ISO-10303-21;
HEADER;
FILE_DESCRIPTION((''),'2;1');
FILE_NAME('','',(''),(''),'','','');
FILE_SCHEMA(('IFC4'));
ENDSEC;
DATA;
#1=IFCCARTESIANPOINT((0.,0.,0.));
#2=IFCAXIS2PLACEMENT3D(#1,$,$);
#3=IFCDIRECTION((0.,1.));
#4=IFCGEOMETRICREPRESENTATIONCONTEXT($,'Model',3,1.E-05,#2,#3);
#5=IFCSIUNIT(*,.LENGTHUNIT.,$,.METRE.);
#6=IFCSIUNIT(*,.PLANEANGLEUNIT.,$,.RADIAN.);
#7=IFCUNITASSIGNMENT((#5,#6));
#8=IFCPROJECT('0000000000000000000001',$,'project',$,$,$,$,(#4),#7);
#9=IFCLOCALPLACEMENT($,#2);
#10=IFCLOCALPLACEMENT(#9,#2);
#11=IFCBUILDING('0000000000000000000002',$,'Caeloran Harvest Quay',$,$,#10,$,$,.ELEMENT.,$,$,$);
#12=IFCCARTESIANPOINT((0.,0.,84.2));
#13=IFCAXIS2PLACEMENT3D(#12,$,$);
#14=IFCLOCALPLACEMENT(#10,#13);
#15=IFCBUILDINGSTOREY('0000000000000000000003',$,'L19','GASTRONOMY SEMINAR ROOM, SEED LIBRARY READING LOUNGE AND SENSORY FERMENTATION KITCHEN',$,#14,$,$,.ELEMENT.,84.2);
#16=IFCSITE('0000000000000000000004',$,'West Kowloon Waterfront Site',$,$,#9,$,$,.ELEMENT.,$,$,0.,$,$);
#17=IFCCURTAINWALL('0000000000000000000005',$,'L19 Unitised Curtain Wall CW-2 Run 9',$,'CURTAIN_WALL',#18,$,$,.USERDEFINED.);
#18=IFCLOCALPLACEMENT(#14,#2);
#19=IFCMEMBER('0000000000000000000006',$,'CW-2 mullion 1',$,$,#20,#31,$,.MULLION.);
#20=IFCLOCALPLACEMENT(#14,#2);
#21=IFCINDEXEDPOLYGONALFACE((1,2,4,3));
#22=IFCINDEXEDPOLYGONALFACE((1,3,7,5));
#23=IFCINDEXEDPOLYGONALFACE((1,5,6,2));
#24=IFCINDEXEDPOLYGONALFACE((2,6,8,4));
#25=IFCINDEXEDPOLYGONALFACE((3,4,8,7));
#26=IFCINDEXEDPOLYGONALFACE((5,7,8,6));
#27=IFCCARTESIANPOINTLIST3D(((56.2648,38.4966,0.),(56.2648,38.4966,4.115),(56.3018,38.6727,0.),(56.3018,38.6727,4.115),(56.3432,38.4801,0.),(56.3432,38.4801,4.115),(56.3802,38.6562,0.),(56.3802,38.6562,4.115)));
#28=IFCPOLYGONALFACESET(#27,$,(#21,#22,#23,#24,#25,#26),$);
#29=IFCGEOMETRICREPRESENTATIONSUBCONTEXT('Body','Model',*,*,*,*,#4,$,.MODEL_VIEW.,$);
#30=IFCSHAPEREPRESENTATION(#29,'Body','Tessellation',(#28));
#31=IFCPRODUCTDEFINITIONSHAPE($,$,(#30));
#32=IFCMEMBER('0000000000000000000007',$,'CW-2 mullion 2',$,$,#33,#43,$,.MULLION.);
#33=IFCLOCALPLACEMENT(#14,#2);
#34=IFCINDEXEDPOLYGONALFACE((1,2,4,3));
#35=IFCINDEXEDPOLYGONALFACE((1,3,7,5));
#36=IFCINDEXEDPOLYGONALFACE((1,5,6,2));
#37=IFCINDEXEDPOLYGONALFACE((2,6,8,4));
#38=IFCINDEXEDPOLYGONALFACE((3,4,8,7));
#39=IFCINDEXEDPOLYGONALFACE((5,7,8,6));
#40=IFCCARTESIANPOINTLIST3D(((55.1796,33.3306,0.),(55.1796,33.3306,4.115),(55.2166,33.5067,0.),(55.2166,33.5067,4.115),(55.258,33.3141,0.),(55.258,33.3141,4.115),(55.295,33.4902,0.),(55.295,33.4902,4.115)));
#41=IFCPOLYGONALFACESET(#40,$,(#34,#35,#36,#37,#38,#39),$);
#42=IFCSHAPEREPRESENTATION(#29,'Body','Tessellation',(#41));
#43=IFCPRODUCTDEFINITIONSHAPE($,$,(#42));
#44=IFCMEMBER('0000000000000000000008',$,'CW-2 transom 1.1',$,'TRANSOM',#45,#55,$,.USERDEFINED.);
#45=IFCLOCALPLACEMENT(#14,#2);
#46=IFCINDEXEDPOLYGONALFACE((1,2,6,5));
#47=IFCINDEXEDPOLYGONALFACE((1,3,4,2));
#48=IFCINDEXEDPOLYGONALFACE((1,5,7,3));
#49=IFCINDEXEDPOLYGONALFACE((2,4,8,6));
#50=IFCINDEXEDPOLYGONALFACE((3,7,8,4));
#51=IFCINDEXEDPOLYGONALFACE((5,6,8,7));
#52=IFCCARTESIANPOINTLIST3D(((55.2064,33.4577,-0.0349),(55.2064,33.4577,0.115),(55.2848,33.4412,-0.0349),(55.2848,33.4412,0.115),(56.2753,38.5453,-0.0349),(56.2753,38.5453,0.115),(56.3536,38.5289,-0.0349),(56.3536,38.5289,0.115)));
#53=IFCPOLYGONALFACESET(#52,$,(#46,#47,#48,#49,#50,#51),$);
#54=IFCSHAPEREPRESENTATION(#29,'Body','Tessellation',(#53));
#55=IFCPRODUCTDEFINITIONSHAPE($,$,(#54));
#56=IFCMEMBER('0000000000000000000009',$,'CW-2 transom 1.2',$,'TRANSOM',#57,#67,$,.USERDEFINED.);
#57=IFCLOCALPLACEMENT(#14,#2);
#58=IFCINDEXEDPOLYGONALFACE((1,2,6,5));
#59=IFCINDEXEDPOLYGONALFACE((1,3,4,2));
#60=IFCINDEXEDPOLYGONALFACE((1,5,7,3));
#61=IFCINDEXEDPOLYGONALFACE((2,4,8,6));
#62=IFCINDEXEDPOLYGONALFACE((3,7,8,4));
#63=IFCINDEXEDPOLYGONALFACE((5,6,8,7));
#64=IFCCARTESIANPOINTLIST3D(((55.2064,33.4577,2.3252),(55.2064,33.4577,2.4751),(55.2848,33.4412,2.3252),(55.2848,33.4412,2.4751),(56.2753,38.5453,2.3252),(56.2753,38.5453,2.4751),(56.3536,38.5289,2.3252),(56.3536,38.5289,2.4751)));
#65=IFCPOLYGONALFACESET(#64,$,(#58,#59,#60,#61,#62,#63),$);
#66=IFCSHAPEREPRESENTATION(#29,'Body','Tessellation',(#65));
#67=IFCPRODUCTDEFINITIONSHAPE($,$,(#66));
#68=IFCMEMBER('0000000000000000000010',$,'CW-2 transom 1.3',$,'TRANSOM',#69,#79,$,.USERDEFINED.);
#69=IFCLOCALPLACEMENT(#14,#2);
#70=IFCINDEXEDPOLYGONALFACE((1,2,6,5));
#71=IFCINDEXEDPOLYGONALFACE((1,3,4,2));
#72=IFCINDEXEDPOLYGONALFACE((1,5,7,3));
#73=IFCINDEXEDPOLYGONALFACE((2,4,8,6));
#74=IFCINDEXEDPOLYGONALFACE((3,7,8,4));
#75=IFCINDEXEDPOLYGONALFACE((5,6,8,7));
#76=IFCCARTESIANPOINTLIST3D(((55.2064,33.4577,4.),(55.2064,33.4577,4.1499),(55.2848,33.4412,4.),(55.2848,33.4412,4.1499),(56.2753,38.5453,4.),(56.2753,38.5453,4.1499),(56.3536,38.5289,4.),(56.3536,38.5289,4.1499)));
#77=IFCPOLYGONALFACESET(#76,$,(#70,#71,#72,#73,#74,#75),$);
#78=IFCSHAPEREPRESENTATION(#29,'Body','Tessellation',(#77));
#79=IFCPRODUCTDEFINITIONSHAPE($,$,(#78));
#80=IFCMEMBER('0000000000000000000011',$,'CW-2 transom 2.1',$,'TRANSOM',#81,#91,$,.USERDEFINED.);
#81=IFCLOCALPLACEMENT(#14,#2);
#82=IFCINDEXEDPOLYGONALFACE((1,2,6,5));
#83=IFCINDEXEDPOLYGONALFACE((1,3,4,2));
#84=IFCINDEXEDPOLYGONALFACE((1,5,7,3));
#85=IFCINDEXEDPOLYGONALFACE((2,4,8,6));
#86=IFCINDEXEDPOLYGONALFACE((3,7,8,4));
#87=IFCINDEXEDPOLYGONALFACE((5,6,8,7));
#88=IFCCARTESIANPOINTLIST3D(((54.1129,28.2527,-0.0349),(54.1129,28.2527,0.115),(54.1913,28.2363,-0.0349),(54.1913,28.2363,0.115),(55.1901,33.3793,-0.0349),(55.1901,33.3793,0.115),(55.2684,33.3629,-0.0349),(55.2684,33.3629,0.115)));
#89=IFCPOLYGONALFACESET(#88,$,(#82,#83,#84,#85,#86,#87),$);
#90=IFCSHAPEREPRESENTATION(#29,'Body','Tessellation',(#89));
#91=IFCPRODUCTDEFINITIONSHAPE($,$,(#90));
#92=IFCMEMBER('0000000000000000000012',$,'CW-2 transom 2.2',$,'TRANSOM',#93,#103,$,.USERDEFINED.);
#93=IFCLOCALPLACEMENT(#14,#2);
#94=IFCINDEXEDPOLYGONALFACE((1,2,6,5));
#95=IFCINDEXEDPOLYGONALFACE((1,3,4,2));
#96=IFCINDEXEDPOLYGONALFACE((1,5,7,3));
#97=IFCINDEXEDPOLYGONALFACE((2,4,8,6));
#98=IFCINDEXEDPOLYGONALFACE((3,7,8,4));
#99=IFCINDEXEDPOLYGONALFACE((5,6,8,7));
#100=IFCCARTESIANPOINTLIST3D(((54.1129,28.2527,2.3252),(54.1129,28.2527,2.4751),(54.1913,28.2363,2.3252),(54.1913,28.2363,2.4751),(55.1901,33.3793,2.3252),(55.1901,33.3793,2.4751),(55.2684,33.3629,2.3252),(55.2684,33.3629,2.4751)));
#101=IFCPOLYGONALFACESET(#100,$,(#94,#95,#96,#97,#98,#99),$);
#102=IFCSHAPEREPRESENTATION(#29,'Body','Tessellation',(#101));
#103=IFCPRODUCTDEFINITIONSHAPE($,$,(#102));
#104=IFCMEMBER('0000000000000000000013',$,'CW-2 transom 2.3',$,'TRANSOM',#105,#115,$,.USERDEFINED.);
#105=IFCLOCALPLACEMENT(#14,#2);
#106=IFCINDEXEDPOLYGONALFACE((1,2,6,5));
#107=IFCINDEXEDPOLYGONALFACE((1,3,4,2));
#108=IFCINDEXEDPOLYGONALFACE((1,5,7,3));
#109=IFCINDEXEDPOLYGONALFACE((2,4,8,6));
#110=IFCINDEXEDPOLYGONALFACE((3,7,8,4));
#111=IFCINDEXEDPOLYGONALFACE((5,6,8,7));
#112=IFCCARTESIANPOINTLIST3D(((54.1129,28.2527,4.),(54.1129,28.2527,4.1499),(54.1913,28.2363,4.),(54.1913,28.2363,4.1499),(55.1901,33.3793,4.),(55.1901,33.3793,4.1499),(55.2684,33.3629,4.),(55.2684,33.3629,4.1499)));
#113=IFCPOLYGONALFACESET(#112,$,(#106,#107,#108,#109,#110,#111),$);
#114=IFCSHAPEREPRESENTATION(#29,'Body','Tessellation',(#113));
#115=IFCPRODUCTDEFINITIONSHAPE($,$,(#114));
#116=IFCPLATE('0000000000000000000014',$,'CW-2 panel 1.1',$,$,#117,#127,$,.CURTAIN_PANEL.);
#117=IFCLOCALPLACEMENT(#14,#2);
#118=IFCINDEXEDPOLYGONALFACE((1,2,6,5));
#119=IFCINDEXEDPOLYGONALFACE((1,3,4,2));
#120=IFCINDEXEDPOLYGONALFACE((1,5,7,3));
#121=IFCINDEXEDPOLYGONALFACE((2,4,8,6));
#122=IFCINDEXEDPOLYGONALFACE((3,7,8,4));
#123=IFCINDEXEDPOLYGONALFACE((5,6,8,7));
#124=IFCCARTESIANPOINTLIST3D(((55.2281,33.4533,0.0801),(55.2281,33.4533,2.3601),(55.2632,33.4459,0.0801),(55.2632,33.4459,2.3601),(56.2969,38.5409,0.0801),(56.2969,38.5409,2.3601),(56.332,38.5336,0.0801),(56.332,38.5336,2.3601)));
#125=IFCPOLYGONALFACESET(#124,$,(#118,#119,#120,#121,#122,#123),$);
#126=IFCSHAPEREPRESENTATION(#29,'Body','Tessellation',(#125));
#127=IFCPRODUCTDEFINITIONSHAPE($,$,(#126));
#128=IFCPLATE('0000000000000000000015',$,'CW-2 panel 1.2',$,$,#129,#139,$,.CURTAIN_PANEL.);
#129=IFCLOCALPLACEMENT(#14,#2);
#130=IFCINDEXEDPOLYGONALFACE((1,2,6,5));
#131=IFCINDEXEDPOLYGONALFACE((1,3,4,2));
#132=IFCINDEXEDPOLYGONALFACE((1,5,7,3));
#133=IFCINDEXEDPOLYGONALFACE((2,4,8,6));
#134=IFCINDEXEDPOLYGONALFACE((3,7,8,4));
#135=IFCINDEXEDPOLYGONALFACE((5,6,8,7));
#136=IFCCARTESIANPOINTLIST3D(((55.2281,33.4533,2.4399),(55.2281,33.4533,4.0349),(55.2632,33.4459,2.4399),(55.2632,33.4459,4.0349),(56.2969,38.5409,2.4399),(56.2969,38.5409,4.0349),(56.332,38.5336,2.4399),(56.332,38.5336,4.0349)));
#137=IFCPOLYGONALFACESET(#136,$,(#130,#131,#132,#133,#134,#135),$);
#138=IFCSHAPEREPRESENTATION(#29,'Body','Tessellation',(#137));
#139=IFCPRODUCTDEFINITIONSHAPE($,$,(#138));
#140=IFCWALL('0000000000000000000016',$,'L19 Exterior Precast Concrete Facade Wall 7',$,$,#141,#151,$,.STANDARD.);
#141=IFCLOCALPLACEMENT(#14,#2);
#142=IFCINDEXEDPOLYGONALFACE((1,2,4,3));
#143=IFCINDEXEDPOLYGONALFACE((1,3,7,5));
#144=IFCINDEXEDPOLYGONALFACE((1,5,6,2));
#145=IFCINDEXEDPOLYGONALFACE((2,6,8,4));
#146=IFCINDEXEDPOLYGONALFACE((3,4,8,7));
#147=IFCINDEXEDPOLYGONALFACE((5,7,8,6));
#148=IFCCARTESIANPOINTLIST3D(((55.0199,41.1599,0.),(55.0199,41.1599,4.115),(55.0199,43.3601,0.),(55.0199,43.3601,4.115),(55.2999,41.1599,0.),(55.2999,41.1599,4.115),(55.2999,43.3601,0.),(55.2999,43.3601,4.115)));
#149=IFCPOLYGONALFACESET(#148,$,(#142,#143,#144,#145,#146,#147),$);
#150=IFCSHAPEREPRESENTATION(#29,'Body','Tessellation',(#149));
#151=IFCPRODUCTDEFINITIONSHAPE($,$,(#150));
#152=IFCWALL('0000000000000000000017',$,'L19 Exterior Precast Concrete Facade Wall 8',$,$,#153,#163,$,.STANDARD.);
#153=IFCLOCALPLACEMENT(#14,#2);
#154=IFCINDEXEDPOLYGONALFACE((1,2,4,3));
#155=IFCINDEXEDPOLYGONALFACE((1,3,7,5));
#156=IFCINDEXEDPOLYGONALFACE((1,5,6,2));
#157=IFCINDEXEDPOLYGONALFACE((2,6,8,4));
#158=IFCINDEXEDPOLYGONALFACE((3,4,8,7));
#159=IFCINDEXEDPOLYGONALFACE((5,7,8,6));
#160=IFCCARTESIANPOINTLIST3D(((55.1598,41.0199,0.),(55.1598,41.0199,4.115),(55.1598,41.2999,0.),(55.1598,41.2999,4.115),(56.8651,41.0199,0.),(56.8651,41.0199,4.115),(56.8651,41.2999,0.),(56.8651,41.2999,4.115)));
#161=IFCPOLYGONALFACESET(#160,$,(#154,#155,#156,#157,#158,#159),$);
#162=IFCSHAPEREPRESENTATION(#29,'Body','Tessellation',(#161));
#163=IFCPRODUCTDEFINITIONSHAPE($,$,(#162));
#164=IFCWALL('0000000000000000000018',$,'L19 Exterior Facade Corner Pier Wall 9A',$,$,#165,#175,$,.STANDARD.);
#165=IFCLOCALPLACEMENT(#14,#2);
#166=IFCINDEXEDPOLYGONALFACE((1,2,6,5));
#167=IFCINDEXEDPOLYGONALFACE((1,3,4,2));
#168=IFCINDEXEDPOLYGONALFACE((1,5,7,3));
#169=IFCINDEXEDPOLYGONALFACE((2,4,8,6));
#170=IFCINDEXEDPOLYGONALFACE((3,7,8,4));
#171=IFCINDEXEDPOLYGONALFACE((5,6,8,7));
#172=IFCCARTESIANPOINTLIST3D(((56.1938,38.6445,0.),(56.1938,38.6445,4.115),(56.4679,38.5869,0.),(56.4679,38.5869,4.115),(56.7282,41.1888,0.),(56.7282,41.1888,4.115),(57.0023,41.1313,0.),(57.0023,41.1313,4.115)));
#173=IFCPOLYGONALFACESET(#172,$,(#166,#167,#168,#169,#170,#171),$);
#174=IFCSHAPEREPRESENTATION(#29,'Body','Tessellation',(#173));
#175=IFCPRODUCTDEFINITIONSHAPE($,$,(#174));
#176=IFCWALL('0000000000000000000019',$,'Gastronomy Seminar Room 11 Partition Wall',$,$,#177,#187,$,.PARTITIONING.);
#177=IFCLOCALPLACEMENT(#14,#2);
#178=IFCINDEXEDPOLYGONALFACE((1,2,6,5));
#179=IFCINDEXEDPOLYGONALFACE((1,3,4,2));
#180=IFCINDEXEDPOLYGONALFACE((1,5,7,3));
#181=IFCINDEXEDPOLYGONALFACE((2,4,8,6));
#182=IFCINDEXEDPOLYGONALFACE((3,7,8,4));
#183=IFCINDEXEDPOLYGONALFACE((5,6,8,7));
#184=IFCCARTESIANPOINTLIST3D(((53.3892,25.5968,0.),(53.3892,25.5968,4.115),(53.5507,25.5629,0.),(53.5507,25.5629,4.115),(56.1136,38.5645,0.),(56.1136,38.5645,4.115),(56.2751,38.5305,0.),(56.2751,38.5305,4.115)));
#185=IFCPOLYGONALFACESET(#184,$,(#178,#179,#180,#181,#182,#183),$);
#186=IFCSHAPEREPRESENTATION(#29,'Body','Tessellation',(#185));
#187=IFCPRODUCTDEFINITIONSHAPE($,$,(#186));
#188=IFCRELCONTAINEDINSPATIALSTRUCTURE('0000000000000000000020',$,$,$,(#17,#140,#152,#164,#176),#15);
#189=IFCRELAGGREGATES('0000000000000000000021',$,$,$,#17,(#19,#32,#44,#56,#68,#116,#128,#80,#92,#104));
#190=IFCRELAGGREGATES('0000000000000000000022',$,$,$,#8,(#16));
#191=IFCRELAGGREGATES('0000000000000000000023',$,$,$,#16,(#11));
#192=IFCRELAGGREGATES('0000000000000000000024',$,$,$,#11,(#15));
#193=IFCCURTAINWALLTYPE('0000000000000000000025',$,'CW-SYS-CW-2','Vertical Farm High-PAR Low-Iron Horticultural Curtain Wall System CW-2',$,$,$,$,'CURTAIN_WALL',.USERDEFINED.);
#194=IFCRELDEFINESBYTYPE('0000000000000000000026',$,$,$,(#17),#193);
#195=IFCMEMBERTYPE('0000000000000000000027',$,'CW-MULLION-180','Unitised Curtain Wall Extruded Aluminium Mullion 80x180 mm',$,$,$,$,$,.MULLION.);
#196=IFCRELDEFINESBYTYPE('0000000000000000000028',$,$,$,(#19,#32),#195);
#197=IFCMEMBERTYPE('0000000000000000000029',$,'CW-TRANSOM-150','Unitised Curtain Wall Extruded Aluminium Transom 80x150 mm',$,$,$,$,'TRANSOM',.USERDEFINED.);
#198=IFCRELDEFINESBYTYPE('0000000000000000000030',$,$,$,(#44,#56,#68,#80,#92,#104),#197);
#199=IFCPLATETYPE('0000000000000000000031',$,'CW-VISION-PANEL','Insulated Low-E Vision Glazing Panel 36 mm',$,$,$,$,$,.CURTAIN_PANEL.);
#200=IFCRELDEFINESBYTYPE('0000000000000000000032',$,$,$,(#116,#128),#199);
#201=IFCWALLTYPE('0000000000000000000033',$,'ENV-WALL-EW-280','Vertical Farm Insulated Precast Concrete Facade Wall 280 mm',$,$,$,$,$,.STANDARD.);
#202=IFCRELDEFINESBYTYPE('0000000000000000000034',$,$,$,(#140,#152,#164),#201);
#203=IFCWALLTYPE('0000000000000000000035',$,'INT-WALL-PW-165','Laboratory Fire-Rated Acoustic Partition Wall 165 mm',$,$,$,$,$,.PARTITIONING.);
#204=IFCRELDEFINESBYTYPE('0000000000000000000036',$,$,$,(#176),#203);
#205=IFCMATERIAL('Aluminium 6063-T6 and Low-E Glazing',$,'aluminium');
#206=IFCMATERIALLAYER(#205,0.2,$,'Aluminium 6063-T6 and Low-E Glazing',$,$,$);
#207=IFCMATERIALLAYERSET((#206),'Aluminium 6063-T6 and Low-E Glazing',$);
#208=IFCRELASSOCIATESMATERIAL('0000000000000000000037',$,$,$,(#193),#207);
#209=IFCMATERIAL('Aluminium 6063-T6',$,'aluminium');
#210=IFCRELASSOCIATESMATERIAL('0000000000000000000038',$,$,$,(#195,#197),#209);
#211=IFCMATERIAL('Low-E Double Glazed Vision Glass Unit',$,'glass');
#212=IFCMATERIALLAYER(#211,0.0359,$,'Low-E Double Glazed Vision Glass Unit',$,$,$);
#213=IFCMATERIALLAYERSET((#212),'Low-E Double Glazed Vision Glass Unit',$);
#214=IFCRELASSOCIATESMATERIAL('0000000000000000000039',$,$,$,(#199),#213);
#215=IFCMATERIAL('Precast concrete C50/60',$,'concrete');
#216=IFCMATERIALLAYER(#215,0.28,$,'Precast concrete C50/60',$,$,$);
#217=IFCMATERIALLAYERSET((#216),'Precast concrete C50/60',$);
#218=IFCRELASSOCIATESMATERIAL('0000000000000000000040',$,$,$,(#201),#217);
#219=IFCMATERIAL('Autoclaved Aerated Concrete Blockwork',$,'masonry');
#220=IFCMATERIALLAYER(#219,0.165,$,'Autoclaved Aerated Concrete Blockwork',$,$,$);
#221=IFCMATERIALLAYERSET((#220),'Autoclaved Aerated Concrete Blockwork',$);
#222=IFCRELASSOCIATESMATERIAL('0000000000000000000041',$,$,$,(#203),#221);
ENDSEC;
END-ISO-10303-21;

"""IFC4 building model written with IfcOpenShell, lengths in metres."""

from ifc_helpers import new_model, si_unit, direction, frame, frame_2d, origin, origin_2d, place, context, subcontext, project, spatial, rectangle, extrude, material, layer, layer_set, material_profile, profile_set, type_object, element, aggregate, save


model = new_model("IFC4")

# Units and contexts
model_context = context("Model", 3, precision=1e-05, world=origin(), true_north=direction((0.0, 1.0)))
body_context = subcontext(model_context, "Body", "Model", "MODEL_VIEW")
ifc_project = project(units=[si_unit("LENGTHUNIT", "METRE"), si_unit("PLANEANGLEUNIT", "RADIAN")], contexts=[model_context])

# Site, building, storey
site_placement = place(None, origin())
site = spatial("IfcSite", under=ifc_project, at=site_placement, Name="West Kowloon Waterfront Site", CompositionType="ELEMENT", RefElevation=0.0)
building_placement = place(site_placement, origin())
building = spatial("IfcBuilding", under=site, at=building_placement, Name="Caeloran Harvest Quay", CompositionType="ELEMENT")
storey_placement = place(building_placement, frame((0.0, 0.0, 84.2)))
storey = spatial("IfcBuildingStorey", under=building, at=storey_placement, Name="L19", Description="GASTRONOMY SEMINAR ROOM, SEED LIBRARY READING LOUNGE AND SENSORY FERMENTATION KITCHEN", CompositionType="ELEMENT", Elevation=84.2)

# Curtain wall, members, plates
ifc_material_1 = material(Name="Aluminium 6063-T6 and Low-E Glazing", Category="aluminium")
ifc_layer_1 = layer(ifc_material_1, 0.2, Name="Aluminium 6063-T6 and Low-E Glazing")
ifc_layer_set_1 = layer_set([ifc_layer_1], Name="Aluminium 6063-T6 and Low-E Glazing")
curtain_wall_type = type_object("IfcCurtainWallType", Name="CW-SYS-CW-2", Description="Vertical Farm High-PAR Low-Iron Horticultural Curtain Wall System CW-2", ElementType="CURTAIN_WALL", PredefinedType="USERDEFINED", material=ifc_layer_set_1)
curtain_wall_placement = place(storey_placement, origin())
curtain_wall = element("IfcCurtainWall", 1, at=curtain_wall_placement, inside=storey, type_object=curtain_wall_type, Name="L19 Unitised Curtain Wall CW-2 Run 9", ObjectType="CURTAIN_WALL", PredefinedType="USERDEFINED")
ifc_material_2 = material(Name="Aluminium 6063-T6", Category="aluminium")
ifc_material_profile_1 = material_profile(ifc_material_2, rectangle(XDim=0.0801, YDim=0.1799, at=origin_2d()), Name="CW-MULLION-180")
ifc_profile_set_1 = profile_set([ifc_material_profile_1], Name="Aluminium 6063-T6")
member_type_1 = type_object("IfcMemberType", Name="CW-MULLION-180", Description="Unitised Curtain Wall Extruded Aluminium Mullion 80x180 mm", PredefinedType="MULLION", material=ifc_profile_set_1)
member_1_placement = place(storey_placement, frame((56.3225, 38.5764, 0.0), z_axis=(0.0, 0.0, 1.0), x_axis=(0.97864, -0.205583, 0.0)))
member_1 = element("IfcMember", 2, at=member_1_placement, type_object=member_type_1, Name="CW-2 mullion 1", PredefinedType="MULLION", context=body_context, shape_type="SweptSolid", body=[
    extrude(rectangle(XDim=0.0801, YDim=0.1799, at=origin_2d()), origin(), (0.0, 0.0, 1.0), 4.115),
])
member_2_placement = place(storey_placement, frame((55.2373, 33.4104, 0.0), z_axis=(0.0, 0.0, 1.0), x_axis=(0.97864, -0.205583, 0.0)))
member_2 = element("IfcMember", 3, at=member_2_placement, type_object=member_type_1, Name="CW-2 mullion 2", PredefinedType="MULLION", context=body_context, shape_type="SweptSolid", body=[
    extrude(rectangle(XDim=0.0801, YDim=0.1799, at=origin_2d()), origin(), (0.0, 0.0, 1.0), 4.115),
])
ifc_material_profile_2 = material_profile(ifc_material_2, rectangle(XDim=0.0801, YDim=0.1499, at=origin_2d()), Name="CW-TRANSOM-150")
ifc_profile_set_2 = profile_set([ifc_material_profile_2], Name="Aluminium 6063-T6")
member_type_2 = type_object("IfcMemberType", Name="CW-TRANSOM-150", Description="Unitised Curtain Wall Extruded Aluminium Transom 80x150 mm", ElementType="TRANSOM", PredefinedType="USERDEFINED", material=ifc_profile_set_2)
member_3_placement = place(storey_placement, frame((56.3145, 38.5371, 0.04), z_axis=(-0.205599, -0.978636, 0.0), x_axis=(0.978636, -0.205599, 0.0)))
member_3 = element("IfcMember", 4, at=member_3_placement, type_object=member_type_2, Name="CW-2 transom 1.1", ObjectType="TRANSOM", PredefinedType="USERDEFINED", context=body_context, shape_type="SweptSolid", body=[
    extrude(rectangle(XDim=0.0801, YDim=0.1499, at=origin_2d()), origin(), (0.0, 0.0, 1.0), 5.1987),
])
member_4_placement = place(storey_placement, frame((56.3145, 38.5371, 2.4001), z_axis=(-0.205599, -0.978636, 0.0), x_axis=(0.978636, -0.205599, 0.0)))
member_4 = element("IfcMember", 5, at=member_4_placement, type_object=member_type_2, Name="CW-2 transom 1.2", ObjectType="TRANSOM", PredefinedType="USERDEFINED", context=body_context, shape_type="SweptSolid", body=[
    extrude(rectangle(XDim=0.0801, YDim=0.1499, at=origin_2d()), origin(), (0.0, 0.0, 1.0), 5.1987),
])
member_5_placement = place(storey_placement, frame((56.3145, 38.5371, 4.075), z_axis=(-0.205599, -0.978636, 0.0), x_axis=(0.978636, -0.205599, 0.0)))
member_5 = element("IfcMember", 6, at=member_5_placement, type_object=member_type_2, Name="CW-2 transom 1.3", ObjectType="TRANSOM", PredefinedType="USERDEFINED", context=body_context, shape_type="SweptSolid", body=[
    extrude(rectangle(XDim=0.0801, YDim=0.1499, at=origin_2d()), origin(), (0.0, 0.0, 1.0), 5.1987),
])
member_6_placement = place(storey_placement, frame((55.2292, 33.3711, 0.04), z_axis=(-0.205616, -0.978633, 0.0), x_axis=(0.978633, -0.205616, 0.0)))
member_6 = element("IfcMember", 7, at=member_6_placement, type_object=member_type_2, Name="CW-2 transom 2.1", ObjectType="TRANSOM", PredefinedType="USERDEFINED", context=body_context, shape_type="SweptSolid", body=[
    extrude(rectangle(XDim=0.0801, YDim=0.1499, at=origin_2d()), origin(), (0.0, 0.0, 1.0), 5.2385),
])
member_7_placement = place(storey_placement, frame((55.2292, 33.3711, 2.4001), z_axis=(-0.205616, -0.978633, 0.0), x_axis=(0.978633, -0.205616, 0.0)))
member_7 = element("IfcMember", 8, at=member_7_placement, type_object=member_type_2, Name="CW-2 transom 2.2", ObjectType="TRANSOM", PredefinedType="USERDEFINED", context=body_context, shape_type="SweptSolid", body=[
    extrude(rectangle(XDim=0.0801, YDim=0.1499, at=origin_2d()), origin(), (0.0, 0.0, 1.0), 5.2385),
])
member_8_placement = place(storey_placement, frame((55.2292, 33.3711, 4.075), z_axis=(-0.205616, -0.978633, 0.0), x_axis=(0.978633, -0.205616, 0.0)))
member_8 = element("IfcMember", 9, at=member_8_placement, type_object=member_type_2, Name="CW-2 transom 2.3", ObjectType="TRANSOM", PredefinedType="USERDEFINED", context=body_context, shape_type="SweptSolid", body=[
    extrude(rectangle(XDim=0.0801, YDim=0.1499, at=origin_2d()), origin(), (0.0, 0.0, 1.0), 5.2385),
])
ifc_material_3 = material(Name="Low-E Double Glazed Vision Glass Unit", Category="glass")
ifc_layer_2 = layer(ifc_material_3, 0.0359, Name="Low-E Double Glazed Vision Glass Unit")
ifc_layer_set_2 = layer_set([ifc_layer_2], Name="Low-E Double Glazed Vision Glass Unit")
plate_type = type_object("IfcPlateType", Name="CW-VISION-PANEL", Description="Insulated Low-E Vision Glazing Panel 36 mm", PredefinedType="CURTAIN_PANEL", material=ifc_layer_set_2)
plate_1_placement = place(storey_placement, frame((55.78, 35.9934, 0.0801), z_axis=(0.0, 0.0, 1.0), x_axis=(-0.205583, -0.97864, 0.0)))
plate_1 = element("IfcPlate", 10, at=plate_1_placement, type_object=plate_type, Name="CW-2 panel 1.1", PredefinedType="CURTAIN_PANEL", context=body_context, shape_type="SweptSolid", body=[
    extrude(rectangle(XDim=5.1987, YDim=0.0359, at=origin_2d()), origin(), (0.0, 0.0, 1.0), 2.28),
])
plate_2_placement = place(storey_placement, frame((55.78, 35.9934, 2.4399), z_axis=(0.0, 0.0, 1.0), x_axis=(-0.205583, -0.97864, 0.0)))
plate_2 = element("IfcPlate", 11, at=plate_2_placement, type_object=plate_type, Name="CW-2 panel 1.2", PredefinedType="CURTAIN_PANEL", context=body_context, shape_type="SweptSolid", body=[
    extrude(rectangle(XDim=5.1987, YDim=0.0359, at=origin_2d()), origin(), (0.0, 0.0, 1.0), 1.595),
])
aggregate(curtain_wall, [member_1, member_2, member_3, member_4, member_5, plate_1, plate_2, member_6, member_7, member_8])

# Walls
ifc_material_4 = material(Name="Precast concrete C50/60", Category="concrete")
ifc_layer_3 = layer(ifc_material_4, 0.28, Name="Precast concrete C50/60")
ifc_layer_set_3 = layer_set([ifc_layer_3], Name="Precast concrete C50/60")
wall_type_1 = type_object("IfcWallType", Name="ENV-WALL-EW-280", Description="Vertical Farm Insulated Precast Concrete Facade Wall 280 mm", PredefinedType="STANDARD", material=ifc_layer_set_3)
wall_1_placement = place(storey_placement, frame((55.1599, 43.3601, 0.0), z_axis=(0.0, 0.0, 1.0), x_axis=(0.0, -1.0, 0.0)))
element("IfcWall", 12, at=wall_1_placement, inside=storey, type_object=wall_type_1, Name="L19 Exterior Precast Concrete Facade Wall 7", PredefinedType="STANDARD", context=body_context, shape_type="SweptSolid", body=[
    extrude(rectangle(XDim=2.2002, YDim=0.28, at=frame_2d((1.1001, 0.0))), origin(), (0.0, 0.0, 1.0), 4.115),
])
wall_2_placement = place(storey_placement, frame((55.1599, 41.1599, 0.0), z_axis=(0.0, 0.0, 1.0), x_axis=(1.0, 0.0, 0.0)))
element("IfcWall", 13, at=wall_2_placement, inside=storey, type_object=wall_type_1, Name="L19 Exterior Precast Concrete Facade Wall 8", PredefinedType="STANDARD", context=body_context, shape_type="SweptSolid", body=[
    extrude(rectangle(XDim=1.7053, YDim=0.28, at=frame_2d((0.8525, 0.0))), origin(), (0.0, 0.0, 1.0), 4.115),
])
wall_3_placement = place(storey_placement, frame((56.8652, 41.1599, 0.0), z_axis=(0.0, 0.0, 1.0), x_axis=(-0.205551, -0.978646, 0.0)))
element("IfcWall", 14, at=wall_3_placement, inside=storey, type_object=wall_type_1, Name="L19 Exterior Facade Corner Pier Wall 9A", PredefinedType="STANDARD", context=body_context, shape_type="SweptSolid", body=[
    extrude(rectangle(XDim=2.5999, YDim=0.28, at=frame_2d((1.2998, 0.0))), origin(), (0.0, 0.0, 1.0), 4.115),
])
ifc_material_5 = material(Name="Autoclaved Aerated Concrete Blockwork", Category="masonry")
ifc_layer_4 = layer(ifc_material_5, 0.165, Name="Autoclaved Aerated Concrete Blockwork")
ifc_layer_set_4 = layer_set([ifc_layer_4], Name="Autoclaved Aerated Concrete Blockwork")
wall_type_2 = type_object("IfcWallType", Name="INT-WALL-PW-165", Description="Laboratory Fire-Rated Acoustic Partition Wall 165 mm", PredefinedType="PARTITIONING", material=ifc_layer_set_4)
wall_4_placement = place(storey_placement, frame((56.1943, 38.5476, 0.0), z_axis=(0.0, 0.0, 1.0), x_axis=(-0.205603, -0.978636, 0.0)))
element("IfcWall", 15, at=wall_4_placement, inside=storey, type_object=wall_type_2, Name="Gastronomy Seminar Room 11 Partition Wall", PredefinedType="PARTITIONING", context=body_context, shape_type="SweptSolid", body=[
    extrude(rectangle(XDim=13.2507, YDim=0.165, at=frame_2d((6.6255, 0.0))), origin(), (0.0, 0.0, 1.0), 4.115),
])

save(model, "model.ifc")
